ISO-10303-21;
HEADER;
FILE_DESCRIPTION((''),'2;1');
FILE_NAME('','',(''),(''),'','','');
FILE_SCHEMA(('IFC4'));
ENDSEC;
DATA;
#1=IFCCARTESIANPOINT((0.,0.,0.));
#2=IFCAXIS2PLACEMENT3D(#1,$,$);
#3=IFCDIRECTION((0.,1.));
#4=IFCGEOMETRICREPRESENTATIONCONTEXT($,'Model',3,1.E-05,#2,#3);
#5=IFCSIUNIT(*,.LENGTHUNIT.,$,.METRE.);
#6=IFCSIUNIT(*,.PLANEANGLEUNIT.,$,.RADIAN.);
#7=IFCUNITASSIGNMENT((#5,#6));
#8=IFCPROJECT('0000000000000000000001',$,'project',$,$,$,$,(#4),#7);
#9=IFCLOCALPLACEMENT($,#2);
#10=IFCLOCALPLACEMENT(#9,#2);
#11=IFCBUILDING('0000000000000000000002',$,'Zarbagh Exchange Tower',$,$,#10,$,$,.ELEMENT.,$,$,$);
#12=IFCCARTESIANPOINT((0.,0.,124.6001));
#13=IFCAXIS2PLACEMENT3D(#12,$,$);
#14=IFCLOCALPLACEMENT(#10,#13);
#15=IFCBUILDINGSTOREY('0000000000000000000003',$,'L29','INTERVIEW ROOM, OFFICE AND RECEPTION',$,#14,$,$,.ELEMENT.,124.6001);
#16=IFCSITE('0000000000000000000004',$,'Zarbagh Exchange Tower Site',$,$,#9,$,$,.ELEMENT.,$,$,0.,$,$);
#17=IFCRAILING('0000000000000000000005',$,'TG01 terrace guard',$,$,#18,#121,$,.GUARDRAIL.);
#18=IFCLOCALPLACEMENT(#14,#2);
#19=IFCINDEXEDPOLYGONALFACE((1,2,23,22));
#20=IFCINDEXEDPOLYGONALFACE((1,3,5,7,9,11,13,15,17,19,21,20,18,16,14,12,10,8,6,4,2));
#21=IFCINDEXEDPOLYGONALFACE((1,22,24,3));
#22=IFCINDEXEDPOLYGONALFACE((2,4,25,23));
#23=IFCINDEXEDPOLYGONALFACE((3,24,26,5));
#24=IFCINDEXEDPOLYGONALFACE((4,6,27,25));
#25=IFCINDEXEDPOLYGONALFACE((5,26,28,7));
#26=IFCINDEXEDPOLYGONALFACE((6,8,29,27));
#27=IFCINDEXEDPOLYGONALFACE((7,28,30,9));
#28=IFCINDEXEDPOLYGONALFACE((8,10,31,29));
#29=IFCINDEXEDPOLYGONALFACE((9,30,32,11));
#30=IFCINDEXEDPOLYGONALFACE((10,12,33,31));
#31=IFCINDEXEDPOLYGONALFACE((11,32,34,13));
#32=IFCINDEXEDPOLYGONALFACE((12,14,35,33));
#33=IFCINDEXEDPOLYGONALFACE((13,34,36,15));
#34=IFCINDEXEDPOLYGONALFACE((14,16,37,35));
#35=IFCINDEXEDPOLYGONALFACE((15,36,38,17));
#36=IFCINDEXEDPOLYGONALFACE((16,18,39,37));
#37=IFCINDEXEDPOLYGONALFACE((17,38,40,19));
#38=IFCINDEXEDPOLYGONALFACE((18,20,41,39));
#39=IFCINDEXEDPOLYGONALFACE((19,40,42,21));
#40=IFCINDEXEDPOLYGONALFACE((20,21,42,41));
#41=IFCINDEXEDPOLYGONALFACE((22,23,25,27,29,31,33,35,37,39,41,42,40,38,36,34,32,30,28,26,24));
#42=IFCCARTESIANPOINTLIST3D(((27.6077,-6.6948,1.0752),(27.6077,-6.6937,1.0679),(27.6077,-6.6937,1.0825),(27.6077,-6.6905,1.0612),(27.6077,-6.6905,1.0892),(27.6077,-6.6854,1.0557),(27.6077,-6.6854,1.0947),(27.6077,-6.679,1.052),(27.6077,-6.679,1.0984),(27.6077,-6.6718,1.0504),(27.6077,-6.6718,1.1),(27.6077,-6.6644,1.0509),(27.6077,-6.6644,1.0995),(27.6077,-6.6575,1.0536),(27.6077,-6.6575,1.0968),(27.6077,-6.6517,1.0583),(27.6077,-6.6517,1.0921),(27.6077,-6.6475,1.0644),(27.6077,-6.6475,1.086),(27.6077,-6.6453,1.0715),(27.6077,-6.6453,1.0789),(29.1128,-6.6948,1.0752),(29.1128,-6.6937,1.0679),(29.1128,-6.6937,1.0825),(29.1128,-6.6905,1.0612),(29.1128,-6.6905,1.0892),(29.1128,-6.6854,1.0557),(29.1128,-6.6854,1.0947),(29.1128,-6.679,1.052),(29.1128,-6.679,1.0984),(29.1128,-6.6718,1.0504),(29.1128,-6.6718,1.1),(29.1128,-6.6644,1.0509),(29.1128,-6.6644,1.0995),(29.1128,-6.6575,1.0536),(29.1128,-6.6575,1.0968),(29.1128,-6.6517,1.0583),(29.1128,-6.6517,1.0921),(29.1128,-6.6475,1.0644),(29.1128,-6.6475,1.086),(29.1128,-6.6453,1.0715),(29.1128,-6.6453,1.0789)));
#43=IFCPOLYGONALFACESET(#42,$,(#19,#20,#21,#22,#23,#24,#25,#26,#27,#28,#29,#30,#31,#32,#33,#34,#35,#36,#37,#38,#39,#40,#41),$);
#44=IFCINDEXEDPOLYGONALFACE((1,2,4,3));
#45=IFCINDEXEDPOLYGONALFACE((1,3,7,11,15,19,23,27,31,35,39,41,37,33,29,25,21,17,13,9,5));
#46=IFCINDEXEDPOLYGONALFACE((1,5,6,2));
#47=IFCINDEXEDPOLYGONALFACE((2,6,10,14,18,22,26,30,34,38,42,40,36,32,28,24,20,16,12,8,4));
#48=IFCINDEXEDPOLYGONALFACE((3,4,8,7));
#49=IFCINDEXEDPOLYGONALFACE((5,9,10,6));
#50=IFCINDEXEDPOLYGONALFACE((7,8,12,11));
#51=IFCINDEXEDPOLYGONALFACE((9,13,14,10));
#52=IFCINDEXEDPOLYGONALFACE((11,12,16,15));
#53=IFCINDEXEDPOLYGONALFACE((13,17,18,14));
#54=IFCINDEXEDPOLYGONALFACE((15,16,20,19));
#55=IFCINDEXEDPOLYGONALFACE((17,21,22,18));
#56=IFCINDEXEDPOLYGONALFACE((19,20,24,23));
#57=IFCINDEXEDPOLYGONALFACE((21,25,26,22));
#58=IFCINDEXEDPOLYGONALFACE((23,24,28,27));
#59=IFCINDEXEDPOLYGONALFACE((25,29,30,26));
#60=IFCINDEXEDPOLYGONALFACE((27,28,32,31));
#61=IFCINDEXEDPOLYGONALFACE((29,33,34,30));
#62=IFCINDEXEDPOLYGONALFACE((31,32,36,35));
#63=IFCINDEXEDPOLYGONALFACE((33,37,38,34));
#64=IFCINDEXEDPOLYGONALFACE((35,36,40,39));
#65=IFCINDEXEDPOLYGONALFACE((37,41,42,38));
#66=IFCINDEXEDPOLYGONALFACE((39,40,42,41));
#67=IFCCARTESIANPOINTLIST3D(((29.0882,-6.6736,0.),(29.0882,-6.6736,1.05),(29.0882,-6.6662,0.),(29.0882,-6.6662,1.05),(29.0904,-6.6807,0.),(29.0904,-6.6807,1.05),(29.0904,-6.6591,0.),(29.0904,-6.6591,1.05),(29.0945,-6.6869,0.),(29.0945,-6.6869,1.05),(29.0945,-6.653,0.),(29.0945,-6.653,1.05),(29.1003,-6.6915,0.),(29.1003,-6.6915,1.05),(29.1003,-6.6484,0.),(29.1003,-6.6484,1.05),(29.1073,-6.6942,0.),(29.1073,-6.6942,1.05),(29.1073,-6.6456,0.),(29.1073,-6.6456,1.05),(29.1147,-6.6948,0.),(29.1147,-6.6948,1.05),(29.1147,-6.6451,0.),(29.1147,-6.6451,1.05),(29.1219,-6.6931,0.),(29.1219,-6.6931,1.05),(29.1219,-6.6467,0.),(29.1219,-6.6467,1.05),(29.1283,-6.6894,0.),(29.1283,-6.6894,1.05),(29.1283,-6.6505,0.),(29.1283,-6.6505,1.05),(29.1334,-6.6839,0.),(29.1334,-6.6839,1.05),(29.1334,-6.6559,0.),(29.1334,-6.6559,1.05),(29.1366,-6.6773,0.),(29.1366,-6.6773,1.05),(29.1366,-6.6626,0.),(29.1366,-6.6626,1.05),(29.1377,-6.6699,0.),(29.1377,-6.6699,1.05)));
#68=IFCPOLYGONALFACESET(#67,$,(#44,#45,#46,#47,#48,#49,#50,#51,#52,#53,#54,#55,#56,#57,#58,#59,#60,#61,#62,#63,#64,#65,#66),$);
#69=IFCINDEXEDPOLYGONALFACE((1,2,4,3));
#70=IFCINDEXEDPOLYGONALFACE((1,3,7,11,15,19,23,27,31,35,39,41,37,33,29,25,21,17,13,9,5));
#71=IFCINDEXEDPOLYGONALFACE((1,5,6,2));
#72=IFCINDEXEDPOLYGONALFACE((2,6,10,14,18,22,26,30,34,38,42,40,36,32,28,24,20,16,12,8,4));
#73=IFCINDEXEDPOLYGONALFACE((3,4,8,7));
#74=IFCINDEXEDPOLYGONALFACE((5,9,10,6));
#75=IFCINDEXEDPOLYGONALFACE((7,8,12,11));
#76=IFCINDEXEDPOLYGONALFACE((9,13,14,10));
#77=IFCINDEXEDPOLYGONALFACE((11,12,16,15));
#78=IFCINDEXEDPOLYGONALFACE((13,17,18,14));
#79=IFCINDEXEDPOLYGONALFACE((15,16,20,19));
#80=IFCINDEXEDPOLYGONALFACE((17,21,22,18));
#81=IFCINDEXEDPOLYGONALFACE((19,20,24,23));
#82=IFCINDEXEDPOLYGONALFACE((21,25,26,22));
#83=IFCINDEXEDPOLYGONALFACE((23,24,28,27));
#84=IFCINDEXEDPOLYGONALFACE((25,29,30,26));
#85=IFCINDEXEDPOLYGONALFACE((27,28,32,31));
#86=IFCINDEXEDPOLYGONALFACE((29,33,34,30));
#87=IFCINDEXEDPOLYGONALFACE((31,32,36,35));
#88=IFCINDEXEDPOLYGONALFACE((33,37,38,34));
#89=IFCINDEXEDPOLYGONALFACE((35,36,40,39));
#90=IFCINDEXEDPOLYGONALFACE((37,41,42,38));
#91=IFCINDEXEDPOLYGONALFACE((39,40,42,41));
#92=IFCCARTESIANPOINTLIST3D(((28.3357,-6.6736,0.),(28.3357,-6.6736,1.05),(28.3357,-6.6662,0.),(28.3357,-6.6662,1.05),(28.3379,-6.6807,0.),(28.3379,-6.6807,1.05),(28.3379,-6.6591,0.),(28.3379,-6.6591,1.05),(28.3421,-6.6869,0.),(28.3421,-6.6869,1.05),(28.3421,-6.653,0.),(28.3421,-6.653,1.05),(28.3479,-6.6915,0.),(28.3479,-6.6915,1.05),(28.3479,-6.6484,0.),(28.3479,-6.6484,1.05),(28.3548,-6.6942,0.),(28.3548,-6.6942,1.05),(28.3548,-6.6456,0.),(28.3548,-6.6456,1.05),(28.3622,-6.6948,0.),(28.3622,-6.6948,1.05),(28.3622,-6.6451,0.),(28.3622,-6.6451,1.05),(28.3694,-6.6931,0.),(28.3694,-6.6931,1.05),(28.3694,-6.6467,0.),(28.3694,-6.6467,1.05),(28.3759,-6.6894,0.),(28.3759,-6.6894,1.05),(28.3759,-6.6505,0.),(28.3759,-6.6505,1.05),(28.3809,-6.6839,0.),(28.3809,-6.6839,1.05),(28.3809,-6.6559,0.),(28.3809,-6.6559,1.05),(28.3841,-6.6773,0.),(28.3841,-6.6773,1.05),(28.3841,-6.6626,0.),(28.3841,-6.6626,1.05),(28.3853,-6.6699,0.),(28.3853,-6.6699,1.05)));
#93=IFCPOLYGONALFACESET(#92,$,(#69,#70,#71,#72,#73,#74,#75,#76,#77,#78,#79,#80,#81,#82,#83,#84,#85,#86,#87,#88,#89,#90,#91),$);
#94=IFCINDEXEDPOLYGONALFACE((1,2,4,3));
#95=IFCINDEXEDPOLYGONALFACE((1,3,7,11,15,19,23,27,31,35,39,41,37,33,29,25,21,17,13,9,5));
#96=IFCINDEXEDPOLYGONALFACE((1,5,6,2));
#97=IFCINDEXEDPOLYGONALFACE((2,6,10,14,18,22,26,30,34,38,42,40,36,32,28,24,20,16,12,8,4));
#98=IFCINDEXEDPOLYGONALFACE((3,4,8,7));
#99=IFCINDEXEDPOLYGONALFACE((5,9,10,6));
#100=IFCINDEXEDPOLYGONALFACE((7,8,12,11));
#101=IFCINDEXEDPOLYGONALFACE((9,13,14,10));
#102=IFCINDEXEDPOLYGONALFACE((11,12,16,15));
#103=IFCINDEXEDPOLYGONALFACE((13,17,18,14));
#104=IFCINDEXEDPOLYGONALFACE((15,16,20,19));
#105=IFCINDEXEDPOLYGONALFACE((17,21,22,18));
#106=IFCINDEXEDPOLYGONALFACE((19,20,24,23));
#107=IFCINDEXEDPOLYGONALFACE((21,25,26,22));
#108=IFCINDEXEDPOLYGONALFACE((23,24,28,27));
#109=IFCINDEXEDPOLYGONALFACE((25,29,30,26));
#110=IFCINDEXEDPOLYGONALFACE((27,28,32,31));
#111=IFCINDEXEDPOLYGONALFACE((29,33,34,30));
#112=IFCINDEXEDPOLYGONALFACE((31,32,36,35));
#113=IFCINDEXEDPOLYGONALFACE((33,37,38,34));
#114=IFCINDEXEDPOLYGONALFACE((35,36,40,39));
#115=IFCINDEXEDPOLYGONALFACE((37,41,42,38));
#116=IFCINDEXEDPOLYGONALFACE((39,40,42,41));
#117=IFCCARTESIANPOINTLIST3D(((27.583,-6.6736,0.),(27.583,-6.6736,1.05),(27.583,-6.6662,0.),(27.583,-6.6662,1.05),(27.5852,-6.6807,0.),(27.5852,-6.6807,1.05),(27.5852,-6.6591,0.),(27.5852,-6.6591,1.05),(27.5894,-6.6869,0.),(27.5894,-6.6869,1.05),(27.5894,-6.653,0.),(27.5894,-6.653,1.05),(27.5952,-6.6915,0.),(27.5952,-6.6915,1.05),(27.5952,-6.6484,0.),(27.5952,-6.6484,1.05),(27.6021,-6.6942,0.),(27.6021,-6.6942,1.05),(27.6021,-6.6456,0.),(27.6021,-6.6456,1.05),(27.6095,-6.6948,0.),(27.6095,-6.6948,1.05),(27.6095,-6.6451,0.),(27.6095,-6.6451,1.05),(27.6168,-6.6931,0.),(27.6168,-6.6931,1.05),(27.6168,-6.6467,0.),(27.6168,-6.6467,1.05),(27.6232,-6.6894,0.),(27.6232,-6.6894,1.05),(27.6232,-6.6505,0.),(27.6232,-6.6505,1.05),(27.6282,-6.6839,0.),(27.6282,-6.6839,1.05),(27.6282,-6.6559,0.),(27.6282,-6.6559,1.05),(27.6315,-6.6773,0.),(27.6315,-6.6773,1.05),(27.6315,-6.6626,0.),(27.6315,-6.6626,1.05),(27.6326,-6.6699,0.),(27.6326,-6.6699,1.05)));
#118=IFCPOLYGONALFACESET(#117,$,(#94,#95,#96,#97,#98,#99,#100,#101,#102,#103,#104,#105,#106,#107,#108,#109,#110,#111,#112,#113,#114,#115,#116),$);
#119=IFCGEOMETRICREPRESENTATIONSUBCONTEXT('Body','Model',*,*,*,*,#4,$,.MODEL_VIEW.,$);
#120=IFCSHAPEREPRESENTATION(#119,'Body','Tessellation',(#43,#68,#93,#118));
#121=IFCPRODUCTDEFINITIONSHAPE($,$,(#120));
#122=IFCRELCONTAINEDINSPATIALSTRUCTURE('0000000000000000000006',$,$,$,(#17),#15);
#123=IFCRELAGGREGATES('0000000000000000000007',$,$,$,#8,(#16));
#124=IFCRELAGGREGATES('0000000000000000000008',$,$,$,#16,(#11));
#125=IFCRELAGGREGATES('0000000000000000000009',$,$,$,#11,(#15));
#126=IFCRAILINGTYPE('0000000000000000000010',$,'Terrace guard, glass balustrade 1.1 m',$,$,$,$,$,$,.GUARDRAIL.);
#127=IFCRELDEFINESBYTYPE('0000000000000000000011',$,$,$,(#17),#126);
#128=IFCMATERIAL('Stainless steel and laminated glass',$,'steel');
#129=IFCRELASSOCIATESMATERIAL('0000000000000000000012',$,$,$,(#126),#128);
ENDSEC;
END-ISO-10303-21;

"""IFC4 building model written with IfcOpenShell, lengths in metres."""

from ifc_helpers import new_model, si_unit, direction, frame, origin, origin_2d, place, context, subcontext, project, spatial, circle, extrude, material, type_object, element, save


model = new_model("IFC4")

# Units and contexts
model_context = context("Model", 3, precision=1e-05, world=origin(), true_north=direction((0.0, 1.0)))
body_context = subcontext(model_context, "Body", "Model", "MODEL_VIEW")
ifc_project = project(units=[si_unit("LENGTHUNIT", "METRE"), si_unit("PLANEANGLEUNIT", "RADIAN")], contexts=[model_context])

# Site, building, storey
site_placement = place(None, origin())
site = spatial("IfcSite", under=ifc_project, at=site_placement, Name="Zarbagh Exchange Tower Site", CompositionType="ELEMENT", RefElevation=0.0)
building_placement = place(site_placement, origin())
building = spatial("IfcBuilding", under=site, at=building_placement, Name="Zarbagh Exchange Tower", CompositionType="ELEMENT")
storey_placement = place(building_placement, frame((0.0, 0.0, 124.6001)))
storey = spatial("IfcBuildingStorey", under=building, at=storey_placement, Name="L29", Description="INTERVIEW ROOM, OFFICE AND RECEPTION", CompositionType="ELEMENT", Elevation=124.6001)

# Railing
ifc_material_1 = material(Name="Stainless steel and laminated glass", Category="steel")
railing_type = type_object("IfcRailingType", Name="Terrace guard, glass balustrade 1.1 m", PredefinedType="GUARDRAIL", material=ifc_material_1)
railing_placement = place(storey_placement, frame((29.1128, -6.6699, 0.0)))
element("IfcRailing", 1, at=railing_placement, inside=storey, type_object=railing_type, Name="TG01 terrace guard", PredefinedType="GUARDRAIL", context=body_context, shape_type="SweptSolid", body=[
    extrude(circle(Radius=0.0249, at=origin_2d()), frame((0.0, 0.0, 1.0752), z_axis=(-1.0, 0.0, 0.0), x_axis=(0.0, -1.0, 0.0)), (0.0, 0.0, 1.0), 1.5051),
    extrude(circle(Radius=0.0249, at=origin_2d()), origin(), (0.0, 0.0, 1.0), 1.05),
    extrude(circle(Radius=0.0249, at=origin_2d()), frame((-0.7524, 0.0, 0.0)), (0.0, 0.0, 1.0), 1.05),
    extrude(circle(Radius=0.0249, at=origin_2d()), frame((-1.5051, 0.0, 0.0)), (0.0, 0.0, 1.0), 1.05),
])

save(model, "model.ifc")
